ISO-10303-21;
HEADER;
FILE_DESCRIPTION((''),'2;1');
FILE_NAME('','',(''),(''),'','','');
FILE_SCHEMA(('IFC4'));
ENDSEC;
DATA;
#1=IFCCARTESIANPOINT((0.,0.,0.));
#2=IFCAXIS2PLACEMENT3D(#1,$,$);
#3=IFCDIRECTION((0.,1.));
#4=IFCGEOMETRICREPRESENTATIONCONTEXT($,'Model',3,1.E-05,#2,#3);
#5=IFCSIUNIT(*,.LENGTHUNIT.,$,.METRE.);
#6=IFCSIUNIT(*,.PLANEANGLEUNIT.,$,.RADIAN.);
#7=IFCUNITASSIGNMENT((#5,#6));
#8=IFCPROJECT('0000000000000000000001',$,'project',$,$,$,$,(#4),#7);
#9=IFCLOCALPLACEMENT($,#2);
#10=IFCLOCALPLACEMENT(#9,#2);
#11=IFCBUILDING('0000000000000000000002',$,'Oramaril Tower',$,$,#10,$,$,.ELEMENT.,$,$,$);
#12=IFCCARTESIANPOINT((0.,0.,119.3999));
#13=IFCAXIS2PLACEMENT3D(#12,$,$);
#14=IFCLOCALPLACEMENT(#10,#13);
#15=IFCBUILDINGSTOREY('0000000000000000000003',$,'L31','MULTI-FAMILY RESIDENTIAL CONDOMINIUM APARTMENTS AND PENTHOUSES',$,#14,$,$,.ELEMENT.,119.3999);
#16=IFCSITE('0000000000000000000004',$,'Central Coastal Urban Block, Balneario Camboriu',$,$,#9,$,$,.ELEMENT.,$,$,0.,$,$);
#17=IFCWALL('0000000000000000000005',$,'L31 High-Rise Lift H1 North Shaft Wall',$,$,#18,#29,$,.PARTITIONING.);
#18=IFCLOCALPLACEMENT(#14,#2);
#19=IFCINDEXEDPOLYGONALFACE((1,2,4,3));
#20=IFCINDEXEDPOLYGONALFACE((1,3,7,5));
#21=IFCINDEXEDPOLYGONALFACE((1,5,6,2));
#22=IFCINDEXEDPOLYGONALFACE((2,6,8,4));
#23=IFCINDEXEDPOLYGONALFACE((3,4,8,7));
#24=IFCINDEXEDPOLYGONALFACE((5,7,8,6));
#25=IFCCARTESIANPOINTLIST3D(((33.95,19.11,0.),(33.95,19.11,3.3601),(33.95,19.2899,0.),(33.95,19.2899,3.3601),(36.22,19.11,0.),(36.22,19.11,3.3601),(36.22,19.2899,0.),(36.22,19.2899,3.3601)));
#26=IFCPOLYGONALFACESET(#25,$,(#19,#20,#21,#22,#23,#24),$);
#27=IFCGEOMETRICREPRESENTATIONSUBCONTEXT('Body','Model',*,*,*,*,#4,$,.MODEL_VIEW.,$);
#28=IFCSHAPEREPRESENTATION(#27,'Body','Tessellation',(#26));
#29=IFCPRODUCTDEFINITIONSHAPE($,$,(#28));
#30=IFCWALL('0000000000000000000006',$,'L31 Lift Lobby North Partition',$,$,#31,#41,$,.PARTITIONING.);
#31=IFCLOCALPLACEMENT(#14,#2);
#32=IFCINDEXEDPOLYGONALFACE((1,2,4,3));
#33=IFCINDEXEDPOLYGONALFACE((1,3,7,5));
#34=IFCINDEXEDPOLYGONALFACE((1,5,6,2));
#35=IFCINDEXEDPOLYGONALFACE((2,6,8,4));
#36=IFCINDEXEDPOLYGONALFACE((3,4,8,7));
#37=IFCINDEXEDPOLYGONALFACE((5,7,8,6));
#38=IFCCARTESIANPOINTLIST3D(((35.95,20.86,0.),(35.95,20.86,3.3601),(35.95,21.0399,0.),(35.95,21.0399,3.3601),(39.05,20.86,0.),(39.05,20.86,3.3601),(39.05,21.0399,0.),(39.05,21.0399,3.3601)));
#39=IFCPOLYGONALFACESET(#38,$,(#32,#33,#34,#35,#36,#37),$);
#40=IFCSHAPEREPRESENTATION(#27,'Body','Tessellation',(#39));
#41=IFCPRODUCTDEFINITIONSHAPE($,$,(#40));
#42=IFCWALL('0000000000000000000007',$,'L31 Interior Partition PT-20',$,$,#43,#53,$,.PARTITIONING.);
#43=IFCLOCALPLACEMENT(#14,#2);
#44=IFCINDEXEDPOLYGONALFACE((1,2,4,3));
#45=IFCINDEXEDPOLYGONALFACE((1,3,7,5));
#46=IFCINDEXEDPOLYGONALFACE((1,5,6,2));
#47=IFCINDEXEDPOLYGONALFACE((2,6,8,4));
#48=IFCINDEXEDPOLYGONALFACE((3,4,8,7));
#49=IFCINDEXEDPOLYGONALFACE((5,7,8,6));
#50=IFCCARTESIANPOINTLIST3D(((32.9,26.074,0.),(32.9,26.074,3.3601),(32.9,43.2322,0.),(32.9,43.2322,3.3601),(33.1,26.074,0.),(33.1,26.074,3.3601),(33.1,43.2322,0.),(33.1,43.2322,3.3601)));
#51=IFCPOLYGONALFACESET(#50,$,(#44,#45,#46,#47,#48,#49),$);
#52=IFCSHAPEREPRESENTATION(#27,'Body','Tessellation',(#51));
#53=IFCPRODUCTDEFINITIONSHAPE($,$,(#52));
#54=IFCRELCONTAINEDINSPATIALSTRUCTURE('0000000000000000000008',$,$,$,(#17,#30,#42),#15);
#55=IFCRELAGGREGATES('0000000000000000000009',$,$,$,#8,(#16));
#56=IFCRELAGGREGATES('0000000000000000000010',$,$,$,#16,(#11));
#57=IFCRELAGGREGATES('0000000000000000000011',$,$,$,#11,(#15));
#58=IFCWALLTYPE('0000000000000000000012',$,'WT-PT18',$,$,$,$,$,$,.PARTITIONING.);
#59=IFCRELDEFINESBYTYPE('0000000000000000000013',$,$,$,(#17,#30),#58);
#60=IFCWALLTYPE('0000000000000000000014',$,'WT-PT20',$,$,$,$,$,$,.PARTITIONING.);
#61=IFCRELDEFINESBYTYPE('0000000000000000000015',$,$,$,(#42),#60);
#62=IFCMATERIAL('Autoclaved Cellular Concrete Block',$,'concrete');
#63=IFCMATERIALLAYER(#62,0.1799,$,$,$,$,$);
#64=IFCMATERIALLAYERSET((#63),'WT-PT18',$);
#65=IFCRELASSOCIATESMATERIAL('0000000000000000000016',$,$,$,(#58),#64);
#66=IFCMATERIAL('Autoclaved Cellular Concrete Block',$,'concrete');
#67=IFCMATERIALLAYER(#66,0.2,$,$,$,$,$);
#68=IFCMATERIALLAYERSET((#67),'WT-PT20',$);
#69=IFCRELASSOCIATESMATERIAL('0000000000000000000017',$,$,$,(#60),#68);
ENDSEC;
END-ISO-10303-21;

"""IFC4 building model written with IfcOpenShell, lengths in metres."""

from ifc_helpers import new_model, si_unit, direction, frame, frame_2d, origin, place, context, subcontext, project, spatial, rectangle, extrude, material, layer, layer_set, type_object, element, save


model = new_model("IFC4")

# Units and contexts
model_context = context("Model", 3, precision=1e-05, world=origin(), true_north=direction((0.0, 1.0)))
body_context = subcontext(model_context, "Body", "Model", "MODEL_VIEW")
ifc_project = project(units=[si_unit("LENGTHUNIT", "METRE"), si_unit("PLANEANGLEUNIT", "RADIAN")], contexts=[model_context])

# Site, building, storey
site_placement = place(None, origin())
site = spatial("IfcSite", under=ifc_project, at=site_placement, Name="Central Coastal Urban Block, Balneario Camboriu", CompositionType="ELEMENT", RefElevation=0.0)
building_placement = place(site_placement, origin())
building = spatial("IfcBuilding", under=site, at=building_placement, Name="Oramaril Tower", CompositionType="ELEMENT")
storey_placement = place(building_placement, frame((0.0, 0.0, 119.3999)))
storey = spatial("IfcBuildingStorey", under=building, at=storey_placement, Name="L31", Description="MULTI-FAMILY RESIDENTIAL CONDOMINIUM APARTMENTS AND PENTHOUSES", CompositionType="ELEMENT", Elevation=119.3999)

# Walls
ifc_material_1 = material(Name="Autoclaved Cellular Concrete Block", Category="concrete")
ifc_layer_1 = layer(ifc_material_1, 0.1799)
ifc_layer_set_1 = layer_set([ifc_layer_1], Name="WT-PT18")
wall_type_1 = type_object("IfcWallType", Name="WT-PT18", PredefinedType="PARTITIONING", material=ifc_layer_set_1)
wall_1_placement = place(storey_placement, frame((33.95, 19.2, 0.0), z_axis=(0.0, 0.0, 1.0), x_axis=(1.0, 0.0, 0.0)))
element("IfcWall", 1, at=wall_1_placement, inside=storey, type_object=wall_type_1, Name="L31 High-Rise Lift H1 North Shaft Wall", PredefinedType="PARTITIONING", context=body_context, shape_type="SweptSolid", body=[
    extrude(rectangle(XDim=2.27, YDim=0.1799, at=frame_2d((1.135, 0.0))), origin(), (0.0, 0.0, 1.0), 3.3601),
])
wall_2_placement = place(storey_placement, frame((35.95, 20.95, 0.0), z_axis=(0.0, 0.0, 1.0), x_axis=(1.0, 0.0, 0.0)))
element("IfcWall", 2, at=wall_2_placement, inside=storey, type_object=wall_type_1, Name="L31 Lift Lobby North Partition", PredefinedType="PARTITIONING", context=body_context, shape_type="SweptSolid", body=[
    extrude(rectangle(XDim=3.1001, YDim=0.1799, at=frame_2d((1.55, 0.0))), origin(), (0.0, 0.0, 1.0), 3.3601),
])

# Shared definitions
ifc_material_2 = material(Name="Autoclaved Cellular Concrete Block", Category="concrete")
ifc_layer_2 = layer(ifc_material_2, 0.2)
ifc_layer_set_2 = layer_set([ifc_layer_2], Name="WT-PT20")
wall_type_2 = type_object("IfcWallType", Name="WT-PT20", PredefinedType="PARTITIONING", material=ifc_layer_set_2)

# Wall
wall_3_placement = place(storey_placement, frame((33.0, 26.074, 0.0), z_axis=(0.0, 0.0, 1.0), x_axis=(0.0, 1.0, 0.0)))
element("IfcWall", 3, at=wall_3_placement, inside=storey, type_object=wall_type_2, Name="L31 Interior Partition PT-20", PredefinedType="PARTITIONING", context=body_context, shape_type="SweptSolid", body=[
    extrude(rectangle(XDim=17.1582, YDim=0.2, at=frame_2d((8.5791, 0.0))), origin(), (0.0, 0.0, 1.0), 3.3601),
])

save(model, "model.ifc")
